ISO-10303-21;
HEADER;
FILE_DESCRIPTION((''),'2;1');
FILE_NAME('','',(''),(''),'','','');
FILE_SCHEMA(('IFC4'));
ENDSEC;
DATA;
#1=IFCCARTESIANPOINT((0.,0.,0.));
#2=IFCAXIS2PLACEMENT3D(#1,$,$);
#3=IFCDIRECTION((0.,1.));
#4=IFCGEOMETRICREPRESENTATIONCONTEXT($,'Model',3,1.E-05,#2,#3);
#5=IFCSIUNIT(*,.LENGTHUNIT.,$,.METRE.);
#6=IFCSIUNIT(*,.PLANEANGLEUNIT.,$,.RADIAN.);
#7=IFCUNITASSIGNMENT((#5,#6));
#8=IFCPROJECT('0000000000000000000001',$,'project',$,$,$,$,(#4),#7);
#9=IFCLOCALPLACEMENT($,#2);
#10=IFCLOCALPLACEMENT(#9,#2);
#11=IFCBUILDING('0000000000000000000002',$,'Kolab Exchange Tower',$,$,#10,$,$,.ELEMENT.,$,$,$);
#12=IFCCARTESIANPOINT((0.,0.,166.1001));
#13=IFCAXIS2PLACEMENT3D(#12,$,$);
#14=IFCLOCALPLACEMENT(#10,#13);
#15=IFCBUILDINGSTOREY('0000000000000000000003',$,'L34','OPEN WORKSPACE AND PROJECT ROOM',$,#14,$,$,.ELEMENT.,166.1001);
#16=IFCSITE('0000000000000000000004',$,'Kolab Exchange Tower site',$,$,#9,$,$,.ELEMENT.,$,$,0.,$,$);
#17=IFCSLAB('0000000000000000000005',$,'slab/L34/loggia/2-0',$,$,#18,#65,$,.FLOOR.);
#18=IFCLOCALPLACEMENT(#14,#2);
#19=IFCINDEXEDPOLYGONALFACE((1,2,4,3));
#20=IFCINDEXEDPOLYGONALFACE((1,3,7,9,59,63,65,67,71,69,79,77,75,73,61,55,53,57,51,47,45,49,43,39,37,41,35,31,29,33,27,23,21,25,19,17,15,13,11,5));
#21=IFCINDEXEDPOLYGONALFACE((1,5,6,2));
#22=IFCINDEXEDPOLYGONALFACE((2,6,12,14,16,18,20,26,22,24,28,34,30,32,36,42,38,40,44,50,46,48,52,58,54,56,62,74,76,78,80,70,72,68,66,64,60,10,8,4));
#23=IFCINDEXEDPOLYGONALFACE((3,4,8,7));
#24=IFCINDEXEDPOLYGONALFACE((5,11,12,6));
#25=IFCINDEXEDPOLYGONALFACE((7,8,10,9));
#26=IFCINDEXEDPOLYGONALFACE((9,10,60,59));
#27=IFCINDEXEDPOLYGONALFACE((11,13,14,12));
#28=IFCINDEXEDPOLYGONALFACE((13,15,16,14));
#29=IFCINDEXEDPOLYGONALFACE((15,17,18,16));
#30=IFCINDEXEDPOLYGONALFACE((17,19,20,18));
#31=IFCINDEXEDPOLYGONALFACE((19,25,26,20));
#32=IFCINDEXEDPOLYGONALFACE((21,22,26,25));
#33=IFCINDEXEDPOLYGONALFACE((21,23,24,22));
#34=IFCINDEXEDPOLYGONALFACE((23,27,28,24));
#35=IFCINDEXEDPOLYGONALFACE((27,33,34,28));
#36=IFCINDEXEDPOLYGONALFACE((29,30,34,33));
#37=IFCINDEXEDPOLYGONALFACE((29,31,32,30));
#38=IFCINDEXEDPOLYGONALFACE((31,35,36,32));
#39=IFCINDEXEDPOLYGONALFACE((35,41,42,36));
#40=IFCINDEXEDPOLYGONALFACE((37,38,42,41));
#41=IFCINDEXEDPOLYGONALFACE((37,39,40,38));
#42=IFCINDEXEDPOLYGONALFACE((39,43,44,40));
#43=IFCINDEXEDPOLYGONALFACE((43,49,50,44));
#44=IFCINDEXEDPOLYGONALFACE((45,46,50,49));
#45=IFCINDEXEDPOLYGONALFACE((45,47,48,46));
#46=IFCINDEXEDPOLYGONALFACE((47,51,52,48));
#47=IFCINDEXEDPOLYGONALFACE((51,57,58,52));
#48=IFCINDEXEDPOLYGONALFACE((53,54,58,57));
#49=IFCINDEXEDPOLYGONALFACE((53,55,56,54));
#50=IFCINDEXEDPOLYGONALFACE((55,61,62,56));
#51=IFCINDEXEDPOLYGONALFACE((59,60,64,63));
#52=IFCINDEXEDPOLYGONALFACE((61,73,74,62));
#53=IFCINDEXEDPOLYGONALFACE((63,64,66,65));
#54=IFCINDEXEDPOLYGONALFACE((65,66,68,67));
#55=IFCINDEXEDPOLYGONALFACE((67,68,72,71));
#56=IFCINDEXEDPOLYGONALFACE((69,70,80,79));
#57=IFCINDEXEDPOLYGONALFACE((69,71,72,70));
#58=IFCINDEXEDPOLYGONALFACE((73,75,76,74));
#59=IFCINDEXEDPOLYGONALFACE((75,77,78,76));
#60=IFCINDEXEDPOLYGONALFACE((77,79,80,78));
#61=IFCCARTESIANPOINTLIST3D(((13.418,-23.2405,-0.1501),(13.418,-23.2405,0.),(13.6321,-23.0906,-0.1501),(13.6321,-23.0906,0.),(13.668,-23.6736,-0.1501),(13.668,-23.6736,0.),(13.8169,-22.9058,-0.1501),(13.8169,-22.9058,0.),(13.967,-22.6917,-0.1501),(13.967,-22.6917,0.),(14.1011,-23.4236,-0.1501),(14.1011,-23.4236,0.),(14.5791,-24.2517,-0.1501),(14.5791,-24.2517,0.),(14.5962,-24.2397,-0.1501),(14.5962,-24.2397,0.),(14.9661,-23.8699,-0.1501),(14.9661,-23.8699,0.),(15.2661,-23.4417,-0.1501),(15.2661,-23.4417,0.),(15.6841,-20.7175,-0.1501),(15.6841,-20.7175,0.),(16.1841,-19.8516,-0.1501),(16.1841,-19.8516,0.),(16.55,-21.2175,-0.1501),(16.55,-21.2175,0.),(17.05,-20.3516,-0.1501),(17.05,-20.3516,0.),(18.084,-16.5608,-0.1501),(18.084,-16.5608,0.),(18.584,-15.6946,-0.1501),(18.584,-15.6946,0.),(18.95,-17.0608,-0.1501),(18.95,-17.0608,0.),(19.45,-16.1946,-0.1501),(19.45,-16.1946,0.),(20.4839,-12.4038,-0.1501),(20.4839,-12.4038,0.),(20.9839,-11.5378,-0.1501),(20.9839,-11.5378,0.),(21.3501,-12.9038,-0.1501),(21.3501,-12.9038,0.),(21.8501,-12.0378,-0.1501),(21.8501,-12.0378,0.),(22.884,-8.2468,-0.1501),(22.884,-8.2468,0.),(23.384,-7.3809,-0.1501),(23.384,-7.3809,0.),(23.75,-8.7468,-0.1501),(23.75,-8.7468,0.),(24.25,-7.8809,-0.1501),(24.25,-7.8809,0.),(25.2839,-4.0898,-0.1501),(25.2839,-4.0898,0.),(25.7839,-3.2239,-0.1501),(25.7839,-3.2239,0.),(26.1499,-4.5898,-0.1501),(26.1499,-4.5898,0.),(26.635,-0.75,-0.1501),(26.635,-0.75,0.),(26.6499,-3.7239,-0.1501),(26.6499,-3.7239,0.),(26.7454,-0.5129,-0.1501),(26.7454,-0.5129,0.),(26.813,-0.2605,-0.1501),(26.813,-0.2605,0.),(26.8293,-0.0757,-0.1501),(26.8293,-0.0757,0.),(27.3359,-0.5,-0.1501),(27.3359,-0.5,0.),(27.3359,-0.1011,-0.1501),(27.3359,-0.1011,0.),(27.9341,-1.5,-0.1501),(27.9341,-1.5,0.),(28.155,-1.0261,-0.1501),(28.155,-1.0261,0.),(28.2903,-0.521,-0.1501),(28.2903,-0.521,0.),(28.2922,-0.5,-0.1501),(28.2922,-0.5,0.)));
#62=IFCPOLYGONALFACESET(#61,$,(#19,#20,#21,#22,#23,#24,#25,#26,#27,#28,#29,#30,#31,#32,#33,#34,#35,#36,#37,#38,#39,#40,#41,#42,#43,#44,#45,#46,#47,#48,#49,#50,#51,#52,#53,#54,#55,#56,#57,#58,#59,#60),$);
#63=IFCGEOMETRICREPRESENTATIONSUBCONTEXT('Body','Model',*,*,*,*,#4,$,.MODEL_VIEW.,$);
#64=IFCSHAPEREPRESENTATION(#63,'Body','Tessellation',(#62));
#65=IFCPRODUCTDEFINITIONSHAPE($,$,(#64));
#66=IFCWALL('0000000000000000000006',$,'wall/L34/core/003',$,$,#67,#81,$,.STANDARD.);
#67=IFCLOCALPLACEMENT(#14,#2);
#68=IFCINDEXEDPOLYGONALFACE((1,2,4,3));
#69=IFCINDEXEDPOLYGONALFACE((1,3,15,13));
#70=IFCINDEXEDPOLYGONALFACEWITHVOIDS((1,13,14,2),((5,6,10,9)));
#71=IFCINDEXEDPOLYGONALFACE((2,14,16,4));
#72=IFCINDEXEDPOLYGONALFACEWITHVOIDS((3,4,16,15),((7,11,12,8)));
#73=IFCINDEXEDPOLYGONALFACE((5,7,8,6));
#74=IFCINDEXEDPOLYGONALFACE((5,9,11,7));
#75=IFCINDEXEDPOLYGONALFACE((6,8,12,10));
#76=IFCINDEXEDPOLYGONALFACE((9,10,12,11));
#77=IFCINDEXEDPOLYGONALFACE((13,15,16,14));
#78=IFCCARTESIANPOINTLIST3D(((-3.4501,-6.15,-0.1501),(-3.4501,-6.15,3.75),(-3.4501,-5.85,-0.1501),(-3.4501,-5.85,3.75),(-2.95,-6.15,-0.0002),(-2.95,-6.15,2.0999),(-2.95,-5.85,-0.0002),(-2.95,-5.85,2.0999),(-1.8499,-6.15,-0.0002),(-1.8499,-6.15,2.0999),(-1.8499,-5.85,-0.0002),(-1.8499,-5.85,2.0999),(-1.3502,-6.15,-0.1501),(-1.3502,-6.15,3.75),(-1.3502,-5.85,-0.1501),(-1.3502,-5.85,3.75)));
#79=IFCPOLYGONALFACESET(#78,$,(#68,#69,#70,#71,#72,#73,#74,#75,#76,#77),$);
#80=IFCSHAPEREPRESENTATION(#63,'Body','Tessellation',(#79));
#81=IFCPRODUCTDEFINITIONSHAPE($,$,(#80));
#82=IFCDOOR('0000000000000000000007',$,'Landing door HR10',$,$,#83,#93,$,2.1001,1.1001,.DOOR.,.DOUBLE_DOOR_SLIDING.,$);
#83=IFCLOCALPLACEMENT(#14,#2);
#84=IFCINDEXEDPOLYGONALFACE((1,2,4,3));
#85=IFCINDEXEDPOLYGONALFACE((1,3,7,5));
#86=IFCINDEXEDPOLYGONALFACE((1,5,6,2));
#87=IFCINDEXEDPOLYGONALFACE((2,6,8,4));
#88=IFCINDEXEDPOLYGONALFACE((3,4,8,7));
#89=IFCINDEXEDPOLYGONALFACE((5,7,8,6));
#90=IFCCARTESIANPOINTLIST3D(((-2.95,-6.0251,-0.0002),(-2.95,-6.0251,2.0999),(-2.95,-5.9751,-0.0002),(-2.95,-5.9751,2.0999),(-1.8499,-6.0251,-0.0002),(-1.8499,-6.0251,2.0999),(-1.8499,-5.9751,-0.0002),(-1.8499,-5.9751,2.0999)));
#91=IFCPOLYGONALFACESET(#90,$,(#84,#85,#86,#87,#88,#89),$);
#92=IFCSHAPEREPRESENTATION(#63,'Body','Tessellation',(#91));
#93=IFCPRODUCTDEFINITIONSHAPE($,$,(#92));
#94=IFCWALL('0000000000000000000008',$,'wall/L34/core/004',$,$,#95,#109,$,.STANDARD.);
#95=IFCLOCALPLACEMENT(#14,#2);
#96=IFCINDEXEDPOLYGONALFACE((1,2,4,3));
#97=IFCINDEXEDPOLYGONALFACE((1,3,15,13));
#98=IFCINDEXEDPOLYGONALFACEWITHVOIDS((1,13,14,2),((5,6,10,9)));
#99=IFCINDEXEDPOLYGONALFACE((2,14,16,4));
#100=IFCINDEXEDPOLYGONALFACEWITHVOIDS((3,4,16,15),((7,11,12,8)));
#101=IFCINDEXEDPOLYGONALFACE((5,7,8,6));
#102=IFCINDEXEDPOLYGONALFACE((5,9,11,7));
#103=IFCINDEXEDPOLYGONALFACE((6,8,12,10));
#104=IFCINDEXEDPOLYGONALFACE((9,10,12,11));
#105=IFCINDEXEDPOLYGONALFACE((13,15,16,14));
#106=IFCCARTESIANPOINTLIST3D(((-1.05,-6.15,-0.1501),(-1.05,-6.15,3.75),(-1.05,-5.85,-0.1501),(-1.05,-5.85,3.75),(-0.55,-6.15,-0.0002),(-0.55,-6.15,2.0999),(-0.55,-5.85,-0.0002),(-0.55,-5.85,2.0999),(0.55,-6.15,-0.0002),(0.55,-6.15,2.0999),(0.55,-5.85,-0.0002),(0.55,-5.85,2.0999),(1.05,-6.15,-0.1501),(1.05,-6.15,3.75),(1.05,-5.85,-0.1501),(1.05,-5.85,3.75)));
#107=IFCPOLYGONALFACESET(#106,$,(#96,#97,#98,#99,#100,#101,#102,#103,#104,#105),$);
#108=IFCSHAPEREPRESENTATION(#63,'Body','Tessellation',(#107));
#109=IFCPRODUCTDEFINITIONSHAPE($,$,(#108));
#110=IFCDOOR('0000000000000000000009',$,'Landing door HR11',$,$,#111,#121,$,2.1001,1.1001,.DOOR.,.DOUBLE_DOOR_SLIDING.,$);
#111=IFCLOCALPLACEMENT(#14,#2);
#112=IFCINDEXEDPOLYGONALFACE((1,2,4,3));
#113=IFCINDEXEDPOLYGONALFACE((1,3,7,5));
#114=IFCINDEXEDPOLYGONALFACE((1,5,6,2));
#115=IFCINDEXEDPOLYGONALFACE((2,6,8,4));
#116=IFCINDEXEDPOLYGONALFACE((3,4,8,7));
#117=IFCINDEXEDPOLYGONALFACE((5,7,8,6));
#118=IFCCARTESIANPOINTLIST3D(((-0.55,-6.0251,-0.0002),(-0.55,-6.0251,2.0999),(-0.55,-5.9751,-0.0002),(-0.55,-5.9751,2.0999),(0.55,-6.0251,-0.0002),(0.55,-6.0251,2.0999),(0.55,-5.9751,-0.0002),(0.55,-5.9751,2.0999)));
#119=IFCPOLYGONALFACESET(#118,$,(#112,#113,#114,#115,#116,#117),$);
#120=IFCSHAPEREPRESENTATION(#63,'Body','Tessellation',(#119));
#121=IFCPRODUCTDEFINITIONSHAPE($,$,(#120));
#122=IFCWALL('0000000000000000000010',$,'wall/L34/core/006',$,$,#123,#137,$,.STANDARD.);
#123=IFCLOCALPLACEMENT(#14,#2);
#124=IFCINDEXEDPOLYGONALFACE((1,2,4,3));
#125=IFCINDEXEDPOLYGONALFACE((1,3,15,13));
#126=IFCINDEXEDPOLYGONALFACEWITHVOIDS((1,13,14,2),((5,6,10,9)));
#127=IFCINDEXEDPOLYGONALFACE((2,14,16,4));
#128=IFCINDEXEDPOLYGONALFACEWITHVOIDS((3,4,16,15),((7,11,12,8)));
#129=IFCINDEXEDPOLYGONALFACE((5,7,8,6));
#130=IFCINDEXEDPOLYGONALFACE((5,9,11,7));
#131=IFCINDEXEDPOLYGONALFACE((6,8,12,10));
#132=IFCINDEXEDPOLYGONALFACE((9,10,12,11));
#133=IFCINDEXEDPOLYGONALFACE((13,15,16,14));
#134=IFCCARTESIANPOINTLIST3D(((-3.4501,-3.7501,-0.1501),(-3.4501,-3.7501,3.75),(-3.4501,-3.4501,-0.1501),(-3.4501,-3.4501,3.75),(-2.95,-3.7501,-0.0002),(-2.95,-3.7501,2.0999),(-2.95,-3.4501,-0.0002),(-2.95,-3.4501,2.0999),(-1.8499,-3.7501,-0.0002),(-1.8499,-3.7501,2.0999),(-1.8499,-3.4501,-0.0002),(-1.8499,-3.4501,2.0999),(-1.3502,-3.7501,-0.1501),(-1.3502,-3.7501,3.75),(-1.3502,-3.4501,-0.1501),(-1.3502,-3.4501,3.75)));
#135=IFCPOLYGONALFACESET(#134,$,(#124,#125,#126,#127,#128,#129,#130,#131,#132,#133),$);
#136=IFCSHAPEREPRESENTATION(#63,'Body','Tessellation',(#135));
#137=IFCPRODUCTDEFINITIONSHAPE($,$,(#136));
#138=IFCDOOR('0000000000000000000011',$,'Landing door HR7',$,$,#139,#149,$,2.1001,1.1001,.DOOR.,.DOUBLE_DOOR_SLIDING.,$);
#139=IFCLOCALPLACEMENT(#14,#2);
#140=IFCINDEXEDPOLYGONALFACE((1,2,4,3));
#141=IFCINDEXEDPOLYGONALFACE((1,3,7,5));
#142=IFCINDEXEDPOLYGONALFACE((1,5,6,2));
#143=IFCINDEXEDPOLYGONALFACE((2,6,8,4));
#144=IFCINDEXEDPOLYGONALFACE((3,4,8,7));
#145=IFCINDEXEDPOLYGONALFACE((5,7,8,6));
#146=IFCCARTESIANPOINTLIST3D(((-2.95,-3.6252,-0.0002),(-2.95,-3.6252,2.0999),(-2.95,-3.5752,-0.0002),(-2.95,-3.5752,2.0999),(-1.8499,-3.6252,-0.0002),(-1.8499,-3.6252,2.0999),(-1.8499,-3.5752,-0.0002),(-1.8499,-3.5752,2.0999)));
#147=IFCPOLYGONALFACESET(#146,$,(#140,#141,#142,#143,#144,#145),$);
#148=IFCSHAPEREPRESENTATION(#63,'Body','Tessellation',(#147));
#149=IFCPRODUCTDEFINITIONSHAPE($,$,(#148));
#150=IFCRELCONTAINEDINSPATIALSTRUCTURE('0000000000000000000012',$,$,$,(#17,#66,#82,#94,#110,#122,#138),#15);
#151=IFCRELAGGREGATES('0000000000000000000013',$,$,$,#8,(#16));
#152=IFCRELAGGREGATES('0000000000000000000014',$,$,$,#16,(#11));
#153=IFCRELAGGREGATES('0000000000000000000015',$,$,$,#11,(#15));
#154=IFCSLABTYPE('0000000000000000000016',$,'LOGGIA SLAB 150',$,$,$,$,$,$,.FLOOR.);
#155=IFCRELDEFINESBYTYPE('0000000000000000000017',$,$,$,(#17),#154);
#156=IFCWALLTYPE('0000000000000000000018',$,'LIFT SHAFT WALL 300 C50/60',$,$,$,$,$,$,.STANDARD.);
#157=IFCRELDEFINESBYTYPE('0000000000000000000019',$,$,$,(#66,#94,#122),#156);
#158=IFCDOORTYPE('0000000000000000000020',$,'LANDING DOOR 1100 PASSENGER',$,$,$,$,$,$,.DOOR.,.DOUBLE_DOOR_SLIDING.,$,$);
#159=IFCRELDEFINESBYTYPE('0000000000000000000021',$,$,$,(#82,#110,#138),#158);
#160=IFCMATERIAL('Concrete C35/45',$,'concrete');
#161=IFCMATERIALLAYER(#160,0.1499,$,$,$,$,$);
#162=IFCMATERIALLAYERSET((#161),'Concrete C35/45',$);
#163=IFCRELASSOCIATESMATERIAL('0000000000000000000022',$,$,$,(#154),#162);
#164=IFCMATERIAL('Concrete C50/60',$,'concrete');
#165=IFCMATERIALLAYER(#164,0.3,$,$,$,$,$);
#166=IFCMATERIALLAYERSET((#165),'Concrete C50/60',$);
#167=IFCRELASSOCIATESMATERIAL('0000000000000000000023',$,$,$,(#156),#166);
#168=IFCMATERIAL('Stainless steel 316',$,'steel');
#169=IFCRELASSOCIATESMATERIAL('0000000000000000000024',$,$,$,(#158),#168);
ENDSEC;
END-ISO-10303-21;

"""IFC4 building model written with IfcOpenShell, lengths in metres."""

from ifc_helpers import new_model, si_unit, direction, frame, frame_2d, origin, place, context, subcontext, project, spatial, polyline, rectangle, outline, extrude, material, layer, layer_set, type_object, element, fill, save


model = new_model("IFC4")

# Units and contexts
model_context = context("Model", 3, precision=1e-05, world=origin(), true_north=direction((0.0, 1.0)))
body_context = subcontext(model_context, "Body", "Model", "MODEL_VIEW")
ifc_project = project(units=[si_unit("LENGTHUNIT", "METRE"), si_unit("PLANEANGLEUNIT", "RADIAN")], contexts=[model_context])

# Site, building, storey
site_placement = place(None, origin())
site = spatial("IfcSite", under=ifc_project, at=site_placement, Name="Kolab Exchange Tower site", CompositionType="ELEMENT", RefElevation=0.0)
building_placement = place(site_placement, origin())
building = spatial("IfcBuilding", under=site, at=building_placement, Name="Kolab Exchange Tower", CompositionType="ELEMENT")
storey_placement = place(building_placement, frame((0.0, 0.0, 166.1001)))
storey = spatial("IfcBuildingStorey", under=building, at=storey_placement, Name="L34", Description="OPEN WORKSPACE AND PROJECT ROOM", CompositionType="ELEMENT", Elevation=166.1001)

# Slab
ifc_material_1 = material(Name="Concrete C35/45", Category="concrete")
ifc_layer_1 = layer(ifc_material_1, 0.1499)
ifc_layer_set_1 = layer_set([ifc_layer_1], Name="Concrete C35/45")
slab_type_1 = type_object("IfcSlabType", Name="LOGGIA SLAB 150", PredefinedType="FLOOR", material=ifc_layer_set_1)
slab_1_placement = place(storey_placement, frame((0.0, 0.0, -0.1501)))
element("IfcSlab", 1, at=slab_1_placement, inside=storey, type_object=slab_type_1, Name="slab/L34/loggia/2-0", PredefinedType="FLOOR", context=body_context, shape_type="SweptSolid", body=[
    extrude(outline(polyline([(14.9661, -23.8699), (15.2661, -23.4417), (16.55, -21.2175), (15.6841, -20.7175), (16.1841, -19.8516), (17.05, -20.3516), (18.95, -17.0608), (18.084, -16.5608), (18.584, -15.6946), (19.45, -16.1946), (21.3501, -12.9038), (20.4839, -12.4038), (20.9839, -11.5378), (21.8501, -12.0378), (23.75, -8.7468), (22.884, -8.2468), (23.384, -7.3809), (24.25, -7.8809), (26.1499, -4.5898), (25.2839, -4.0898), (25.7839, -3.2239), (26.6499, -3.7239), (27.9341, -1.5), (28.155, -1.0261), (28.2903, -0.521), (28.2922, -0.5), (27.3359, -0.5), (27.3359, -0.1011), (26.8293, -0.0757), (26.813, -0.2605), (26.7454, -0.5129), (26.635, -0.75), (13.967, -22.6917), (13.8169, -22.9058), (13.6321, -23.0906), (13.418, -23.2405), (13.668, -23.6736), (14.1011, -23.4236), (14.5791, -24.2517), (14.5962, -24.2397), (14.9661, -23.8699)])), origin(), (0.0, 0.0, 1.0), 0.1501),
])

# Walls, openings, doors
ifc_material_2 = material(Name="Concrete C50/60", Category="concrete")
ifc_layer_2 = layer(ifc_material_2, 0.3)
ifc_layer_set_2 = layer_set([ifc_layer_2], Name="Concrete C50/60")
wall_type = type_object("IfcWallType", Name="LIFT SHAFT WALL 300 C50/60", PredefinedType="STANDARD", material=ifc_layer_set_2)
wall_1_placement = place(storey_placement, frame((-3.45, -6.0, -0.1501), z_axis=(0.0, 0.0, 1.0), x_axis=(1.0, 0.0, 0.0)))
wall_1 = element("IfcWall", 2, at=wall_1_placement, inside=storey, type_object=wall_type, Name="wall/L34/core/003", PredefinedType="STANDARD", context=body_context, shape_type="SweptSolid", body=[
    extrude(rectangle(XDim=2.0999, YDim=0.3, at=frame_2d((1.0498, 0.0))), origin(), (0.0, 0.0, 1.0), 3.9001),
])
opening_1_placement = place(wall_1_placement, frame((0.5, 0.0, 0.1499)))
opening_1 = element("IfcOpeningElement", 3, at=opening_1_placement, cuts=wall_1, PredefinedType="OPENING", context=body_context, shape_type="SweptSolid", body=[
    extrude(rectangle(XDim=1.1001, YDim=2.1001, at=frame_2d((0.55, 1.05))), frame((0.0, 0.1602, 0.0), z_axis=(0.0, -1.0, 0.0), x_axis=(1.0, 0.0, 0.0)), (0.0, 0.0, 1.0), 0.3201),
])
ifc_material_3 = material(Name="Stainless steel 316", Category="steel")
door_type = type_object("IfcDoorType", Name="LANDING DOOR 1100 PASSENGER", OperationType="DOUBLE_DOOR_SLIDING", PredefinedType="DOOR", material=ifc_material_3)
door_1_placement = place(opening_1_placement, origin())
door_1 = element("IfcDoor", 4, at=door_1_placement, inside=storey, type_object=door_type, Name="Landing door HR10", OperationType="DOUBLE_DOOR_SLIDING", OverallHeight=2.1001, OverallWidth=1.1001, PredefinedType="DOOR", context=body_context, shape_type="SweptSolid", body=[
    extrude(rectangle(XDim=1.1001, YDim=2.1001, at=frame_2d((0.55, 1.05))), frame((0.0, 0.0249, 0.0), z_axis=(0.0, -1.0, 0.0), x_axis=(1.0, 0.0, 0.0)), (0.0, 0.0, 1.0), 0.05),
])
fill(opening_1, door_1)
wall_2_placement = place(storey_placement, frame((-1.05, -6.0, -0.1501), z_axis=(0.0, 0.0, 1.0), x_axis=(1.0, 0.0, 0.0)))
wall_2 = element("IfcWall", 5, at=wall_2_placement, inside=storey, type_object=wall_type, Name="wall/L34/core/004", PredefinedType="STANDARD", context=body_context, shape_type="SweptSolid", body=[
    extrude(rectangle(XDim=2.1001, YDim=0.3, at=frame_2d((1.05, 0.0))), origin(), (0.0, 0.0, 1.0), 3.9001),
])
opening_2_placement = place(wall_2_placement, frame((0.5, 0.0, 0.1499)))
opening_2 = element("IfcOpeningElement", 6, at=opening_2_placement, cuts=wall_2, PredefinedType="OPENING", context=body_context, shape_type="SweptSolid", body=[
    extrude(rectangle(XDim=1.1001, YDim=2.1001, at=frame_2d((0.55, 1.05))), frame((0.0, 0.1602, 0.0), z_axis=(0.0, -1.0, 0.0), x_axis=(1.0, 0.0, 0.0)), (0.0, 0.0, 1.0), 0.3201),
])
door_2_placement = place(opening_2_placement, origin())
door_2 = element("IfcDoor", 7, at=door_2_placement, inside=storey, type_object=door_type, Name="Landing door HR11", OperationType="DOUBLE_DOOR_SLIDING", OverallHeight=2.1001, OverallWidth=1.1001, PredefinedType="DOOR", context=body_context, shape_type="SweptSolid", body=[
    extrude(rectangle(XDim=1.1001, YDim=2.1001, at=frame_2d((0.55, 1.05))), frame((0.0, 0.0249, 0.0), z_axis=(0.0, -1.0, 0.0), x_axis=(1.0, 0.0, 0.0)), (0.0, 0.0, 1.0), 0.05),
])
fill(opening_2, door_2)
wall_3_placement = place(storey_placement, frame((-3.45, -3.6001, -0.1501), z_axis=(0.0, 0.0, 1.0), x_axis=(1.0, 0.0, 0.0)))
wall_3 = element("IfcWall", 8, at=wall_3_placement, inside=storey, type_object=wall_type, Name="wall/L34/core/006", PredefinedType="STANDARD", context=body_context, shape_type="SweptSolid", body=[
    extrude(rectangle(XDim=2.0999, YDim=0.3, at=frame_2d((1.0498, 0.0))), origin(), (0.0, 0.0, 1.0), 3.9001),
])
opening_3_placement = place(wall_3_placement, frame((0.5, 0.0, 0.1499)))
opening_3 = element("IfcOpeningElement", 9, at=opening_3_placement, cuts=wall_3, PredefinedType="OPENING", context=body_context, shape_type="SweptSolid", body=[
    extrude(rectangle(XDim=1.1001, YDim=2.1001, at=frame_2d((0.55, 1.05))), frame((0.0, 0.1602, 0.0), z_axis=(0.0, -1.0, 0.0), x_axis=(1.0, 0.0, 0.0)), (0.0, 0.0, 1.0), 0.3201),
])
door_3_placement = place(opening_3_placement, origin())
door_3 = element("IfcDoor", 10, at=door_3_placement, inside=storey, type_object=door_type, Name="Landing door HR7", OperationType="DOUBLE_DOOR_SLIDING", OverallHeight=2.1001, OverallWidth=1.1001, PredefinedType="DOOR", context=body_context, shape_type="SweptSolid", body=[
    extrude(rectangle(XDim=1.1001, YDim=2.1001, at=frame_2d((0.55, 1.05))), frame((0.0, 0.0249, 0.0), z_axis=(0.0, -1.0, 0.0), x_axis=(1.0, 0.0, 0.0)), (0.0, 0.0, 1.0), 0.05),
])
fill(opening_3, door_3)

save(model, "model.ifc")
